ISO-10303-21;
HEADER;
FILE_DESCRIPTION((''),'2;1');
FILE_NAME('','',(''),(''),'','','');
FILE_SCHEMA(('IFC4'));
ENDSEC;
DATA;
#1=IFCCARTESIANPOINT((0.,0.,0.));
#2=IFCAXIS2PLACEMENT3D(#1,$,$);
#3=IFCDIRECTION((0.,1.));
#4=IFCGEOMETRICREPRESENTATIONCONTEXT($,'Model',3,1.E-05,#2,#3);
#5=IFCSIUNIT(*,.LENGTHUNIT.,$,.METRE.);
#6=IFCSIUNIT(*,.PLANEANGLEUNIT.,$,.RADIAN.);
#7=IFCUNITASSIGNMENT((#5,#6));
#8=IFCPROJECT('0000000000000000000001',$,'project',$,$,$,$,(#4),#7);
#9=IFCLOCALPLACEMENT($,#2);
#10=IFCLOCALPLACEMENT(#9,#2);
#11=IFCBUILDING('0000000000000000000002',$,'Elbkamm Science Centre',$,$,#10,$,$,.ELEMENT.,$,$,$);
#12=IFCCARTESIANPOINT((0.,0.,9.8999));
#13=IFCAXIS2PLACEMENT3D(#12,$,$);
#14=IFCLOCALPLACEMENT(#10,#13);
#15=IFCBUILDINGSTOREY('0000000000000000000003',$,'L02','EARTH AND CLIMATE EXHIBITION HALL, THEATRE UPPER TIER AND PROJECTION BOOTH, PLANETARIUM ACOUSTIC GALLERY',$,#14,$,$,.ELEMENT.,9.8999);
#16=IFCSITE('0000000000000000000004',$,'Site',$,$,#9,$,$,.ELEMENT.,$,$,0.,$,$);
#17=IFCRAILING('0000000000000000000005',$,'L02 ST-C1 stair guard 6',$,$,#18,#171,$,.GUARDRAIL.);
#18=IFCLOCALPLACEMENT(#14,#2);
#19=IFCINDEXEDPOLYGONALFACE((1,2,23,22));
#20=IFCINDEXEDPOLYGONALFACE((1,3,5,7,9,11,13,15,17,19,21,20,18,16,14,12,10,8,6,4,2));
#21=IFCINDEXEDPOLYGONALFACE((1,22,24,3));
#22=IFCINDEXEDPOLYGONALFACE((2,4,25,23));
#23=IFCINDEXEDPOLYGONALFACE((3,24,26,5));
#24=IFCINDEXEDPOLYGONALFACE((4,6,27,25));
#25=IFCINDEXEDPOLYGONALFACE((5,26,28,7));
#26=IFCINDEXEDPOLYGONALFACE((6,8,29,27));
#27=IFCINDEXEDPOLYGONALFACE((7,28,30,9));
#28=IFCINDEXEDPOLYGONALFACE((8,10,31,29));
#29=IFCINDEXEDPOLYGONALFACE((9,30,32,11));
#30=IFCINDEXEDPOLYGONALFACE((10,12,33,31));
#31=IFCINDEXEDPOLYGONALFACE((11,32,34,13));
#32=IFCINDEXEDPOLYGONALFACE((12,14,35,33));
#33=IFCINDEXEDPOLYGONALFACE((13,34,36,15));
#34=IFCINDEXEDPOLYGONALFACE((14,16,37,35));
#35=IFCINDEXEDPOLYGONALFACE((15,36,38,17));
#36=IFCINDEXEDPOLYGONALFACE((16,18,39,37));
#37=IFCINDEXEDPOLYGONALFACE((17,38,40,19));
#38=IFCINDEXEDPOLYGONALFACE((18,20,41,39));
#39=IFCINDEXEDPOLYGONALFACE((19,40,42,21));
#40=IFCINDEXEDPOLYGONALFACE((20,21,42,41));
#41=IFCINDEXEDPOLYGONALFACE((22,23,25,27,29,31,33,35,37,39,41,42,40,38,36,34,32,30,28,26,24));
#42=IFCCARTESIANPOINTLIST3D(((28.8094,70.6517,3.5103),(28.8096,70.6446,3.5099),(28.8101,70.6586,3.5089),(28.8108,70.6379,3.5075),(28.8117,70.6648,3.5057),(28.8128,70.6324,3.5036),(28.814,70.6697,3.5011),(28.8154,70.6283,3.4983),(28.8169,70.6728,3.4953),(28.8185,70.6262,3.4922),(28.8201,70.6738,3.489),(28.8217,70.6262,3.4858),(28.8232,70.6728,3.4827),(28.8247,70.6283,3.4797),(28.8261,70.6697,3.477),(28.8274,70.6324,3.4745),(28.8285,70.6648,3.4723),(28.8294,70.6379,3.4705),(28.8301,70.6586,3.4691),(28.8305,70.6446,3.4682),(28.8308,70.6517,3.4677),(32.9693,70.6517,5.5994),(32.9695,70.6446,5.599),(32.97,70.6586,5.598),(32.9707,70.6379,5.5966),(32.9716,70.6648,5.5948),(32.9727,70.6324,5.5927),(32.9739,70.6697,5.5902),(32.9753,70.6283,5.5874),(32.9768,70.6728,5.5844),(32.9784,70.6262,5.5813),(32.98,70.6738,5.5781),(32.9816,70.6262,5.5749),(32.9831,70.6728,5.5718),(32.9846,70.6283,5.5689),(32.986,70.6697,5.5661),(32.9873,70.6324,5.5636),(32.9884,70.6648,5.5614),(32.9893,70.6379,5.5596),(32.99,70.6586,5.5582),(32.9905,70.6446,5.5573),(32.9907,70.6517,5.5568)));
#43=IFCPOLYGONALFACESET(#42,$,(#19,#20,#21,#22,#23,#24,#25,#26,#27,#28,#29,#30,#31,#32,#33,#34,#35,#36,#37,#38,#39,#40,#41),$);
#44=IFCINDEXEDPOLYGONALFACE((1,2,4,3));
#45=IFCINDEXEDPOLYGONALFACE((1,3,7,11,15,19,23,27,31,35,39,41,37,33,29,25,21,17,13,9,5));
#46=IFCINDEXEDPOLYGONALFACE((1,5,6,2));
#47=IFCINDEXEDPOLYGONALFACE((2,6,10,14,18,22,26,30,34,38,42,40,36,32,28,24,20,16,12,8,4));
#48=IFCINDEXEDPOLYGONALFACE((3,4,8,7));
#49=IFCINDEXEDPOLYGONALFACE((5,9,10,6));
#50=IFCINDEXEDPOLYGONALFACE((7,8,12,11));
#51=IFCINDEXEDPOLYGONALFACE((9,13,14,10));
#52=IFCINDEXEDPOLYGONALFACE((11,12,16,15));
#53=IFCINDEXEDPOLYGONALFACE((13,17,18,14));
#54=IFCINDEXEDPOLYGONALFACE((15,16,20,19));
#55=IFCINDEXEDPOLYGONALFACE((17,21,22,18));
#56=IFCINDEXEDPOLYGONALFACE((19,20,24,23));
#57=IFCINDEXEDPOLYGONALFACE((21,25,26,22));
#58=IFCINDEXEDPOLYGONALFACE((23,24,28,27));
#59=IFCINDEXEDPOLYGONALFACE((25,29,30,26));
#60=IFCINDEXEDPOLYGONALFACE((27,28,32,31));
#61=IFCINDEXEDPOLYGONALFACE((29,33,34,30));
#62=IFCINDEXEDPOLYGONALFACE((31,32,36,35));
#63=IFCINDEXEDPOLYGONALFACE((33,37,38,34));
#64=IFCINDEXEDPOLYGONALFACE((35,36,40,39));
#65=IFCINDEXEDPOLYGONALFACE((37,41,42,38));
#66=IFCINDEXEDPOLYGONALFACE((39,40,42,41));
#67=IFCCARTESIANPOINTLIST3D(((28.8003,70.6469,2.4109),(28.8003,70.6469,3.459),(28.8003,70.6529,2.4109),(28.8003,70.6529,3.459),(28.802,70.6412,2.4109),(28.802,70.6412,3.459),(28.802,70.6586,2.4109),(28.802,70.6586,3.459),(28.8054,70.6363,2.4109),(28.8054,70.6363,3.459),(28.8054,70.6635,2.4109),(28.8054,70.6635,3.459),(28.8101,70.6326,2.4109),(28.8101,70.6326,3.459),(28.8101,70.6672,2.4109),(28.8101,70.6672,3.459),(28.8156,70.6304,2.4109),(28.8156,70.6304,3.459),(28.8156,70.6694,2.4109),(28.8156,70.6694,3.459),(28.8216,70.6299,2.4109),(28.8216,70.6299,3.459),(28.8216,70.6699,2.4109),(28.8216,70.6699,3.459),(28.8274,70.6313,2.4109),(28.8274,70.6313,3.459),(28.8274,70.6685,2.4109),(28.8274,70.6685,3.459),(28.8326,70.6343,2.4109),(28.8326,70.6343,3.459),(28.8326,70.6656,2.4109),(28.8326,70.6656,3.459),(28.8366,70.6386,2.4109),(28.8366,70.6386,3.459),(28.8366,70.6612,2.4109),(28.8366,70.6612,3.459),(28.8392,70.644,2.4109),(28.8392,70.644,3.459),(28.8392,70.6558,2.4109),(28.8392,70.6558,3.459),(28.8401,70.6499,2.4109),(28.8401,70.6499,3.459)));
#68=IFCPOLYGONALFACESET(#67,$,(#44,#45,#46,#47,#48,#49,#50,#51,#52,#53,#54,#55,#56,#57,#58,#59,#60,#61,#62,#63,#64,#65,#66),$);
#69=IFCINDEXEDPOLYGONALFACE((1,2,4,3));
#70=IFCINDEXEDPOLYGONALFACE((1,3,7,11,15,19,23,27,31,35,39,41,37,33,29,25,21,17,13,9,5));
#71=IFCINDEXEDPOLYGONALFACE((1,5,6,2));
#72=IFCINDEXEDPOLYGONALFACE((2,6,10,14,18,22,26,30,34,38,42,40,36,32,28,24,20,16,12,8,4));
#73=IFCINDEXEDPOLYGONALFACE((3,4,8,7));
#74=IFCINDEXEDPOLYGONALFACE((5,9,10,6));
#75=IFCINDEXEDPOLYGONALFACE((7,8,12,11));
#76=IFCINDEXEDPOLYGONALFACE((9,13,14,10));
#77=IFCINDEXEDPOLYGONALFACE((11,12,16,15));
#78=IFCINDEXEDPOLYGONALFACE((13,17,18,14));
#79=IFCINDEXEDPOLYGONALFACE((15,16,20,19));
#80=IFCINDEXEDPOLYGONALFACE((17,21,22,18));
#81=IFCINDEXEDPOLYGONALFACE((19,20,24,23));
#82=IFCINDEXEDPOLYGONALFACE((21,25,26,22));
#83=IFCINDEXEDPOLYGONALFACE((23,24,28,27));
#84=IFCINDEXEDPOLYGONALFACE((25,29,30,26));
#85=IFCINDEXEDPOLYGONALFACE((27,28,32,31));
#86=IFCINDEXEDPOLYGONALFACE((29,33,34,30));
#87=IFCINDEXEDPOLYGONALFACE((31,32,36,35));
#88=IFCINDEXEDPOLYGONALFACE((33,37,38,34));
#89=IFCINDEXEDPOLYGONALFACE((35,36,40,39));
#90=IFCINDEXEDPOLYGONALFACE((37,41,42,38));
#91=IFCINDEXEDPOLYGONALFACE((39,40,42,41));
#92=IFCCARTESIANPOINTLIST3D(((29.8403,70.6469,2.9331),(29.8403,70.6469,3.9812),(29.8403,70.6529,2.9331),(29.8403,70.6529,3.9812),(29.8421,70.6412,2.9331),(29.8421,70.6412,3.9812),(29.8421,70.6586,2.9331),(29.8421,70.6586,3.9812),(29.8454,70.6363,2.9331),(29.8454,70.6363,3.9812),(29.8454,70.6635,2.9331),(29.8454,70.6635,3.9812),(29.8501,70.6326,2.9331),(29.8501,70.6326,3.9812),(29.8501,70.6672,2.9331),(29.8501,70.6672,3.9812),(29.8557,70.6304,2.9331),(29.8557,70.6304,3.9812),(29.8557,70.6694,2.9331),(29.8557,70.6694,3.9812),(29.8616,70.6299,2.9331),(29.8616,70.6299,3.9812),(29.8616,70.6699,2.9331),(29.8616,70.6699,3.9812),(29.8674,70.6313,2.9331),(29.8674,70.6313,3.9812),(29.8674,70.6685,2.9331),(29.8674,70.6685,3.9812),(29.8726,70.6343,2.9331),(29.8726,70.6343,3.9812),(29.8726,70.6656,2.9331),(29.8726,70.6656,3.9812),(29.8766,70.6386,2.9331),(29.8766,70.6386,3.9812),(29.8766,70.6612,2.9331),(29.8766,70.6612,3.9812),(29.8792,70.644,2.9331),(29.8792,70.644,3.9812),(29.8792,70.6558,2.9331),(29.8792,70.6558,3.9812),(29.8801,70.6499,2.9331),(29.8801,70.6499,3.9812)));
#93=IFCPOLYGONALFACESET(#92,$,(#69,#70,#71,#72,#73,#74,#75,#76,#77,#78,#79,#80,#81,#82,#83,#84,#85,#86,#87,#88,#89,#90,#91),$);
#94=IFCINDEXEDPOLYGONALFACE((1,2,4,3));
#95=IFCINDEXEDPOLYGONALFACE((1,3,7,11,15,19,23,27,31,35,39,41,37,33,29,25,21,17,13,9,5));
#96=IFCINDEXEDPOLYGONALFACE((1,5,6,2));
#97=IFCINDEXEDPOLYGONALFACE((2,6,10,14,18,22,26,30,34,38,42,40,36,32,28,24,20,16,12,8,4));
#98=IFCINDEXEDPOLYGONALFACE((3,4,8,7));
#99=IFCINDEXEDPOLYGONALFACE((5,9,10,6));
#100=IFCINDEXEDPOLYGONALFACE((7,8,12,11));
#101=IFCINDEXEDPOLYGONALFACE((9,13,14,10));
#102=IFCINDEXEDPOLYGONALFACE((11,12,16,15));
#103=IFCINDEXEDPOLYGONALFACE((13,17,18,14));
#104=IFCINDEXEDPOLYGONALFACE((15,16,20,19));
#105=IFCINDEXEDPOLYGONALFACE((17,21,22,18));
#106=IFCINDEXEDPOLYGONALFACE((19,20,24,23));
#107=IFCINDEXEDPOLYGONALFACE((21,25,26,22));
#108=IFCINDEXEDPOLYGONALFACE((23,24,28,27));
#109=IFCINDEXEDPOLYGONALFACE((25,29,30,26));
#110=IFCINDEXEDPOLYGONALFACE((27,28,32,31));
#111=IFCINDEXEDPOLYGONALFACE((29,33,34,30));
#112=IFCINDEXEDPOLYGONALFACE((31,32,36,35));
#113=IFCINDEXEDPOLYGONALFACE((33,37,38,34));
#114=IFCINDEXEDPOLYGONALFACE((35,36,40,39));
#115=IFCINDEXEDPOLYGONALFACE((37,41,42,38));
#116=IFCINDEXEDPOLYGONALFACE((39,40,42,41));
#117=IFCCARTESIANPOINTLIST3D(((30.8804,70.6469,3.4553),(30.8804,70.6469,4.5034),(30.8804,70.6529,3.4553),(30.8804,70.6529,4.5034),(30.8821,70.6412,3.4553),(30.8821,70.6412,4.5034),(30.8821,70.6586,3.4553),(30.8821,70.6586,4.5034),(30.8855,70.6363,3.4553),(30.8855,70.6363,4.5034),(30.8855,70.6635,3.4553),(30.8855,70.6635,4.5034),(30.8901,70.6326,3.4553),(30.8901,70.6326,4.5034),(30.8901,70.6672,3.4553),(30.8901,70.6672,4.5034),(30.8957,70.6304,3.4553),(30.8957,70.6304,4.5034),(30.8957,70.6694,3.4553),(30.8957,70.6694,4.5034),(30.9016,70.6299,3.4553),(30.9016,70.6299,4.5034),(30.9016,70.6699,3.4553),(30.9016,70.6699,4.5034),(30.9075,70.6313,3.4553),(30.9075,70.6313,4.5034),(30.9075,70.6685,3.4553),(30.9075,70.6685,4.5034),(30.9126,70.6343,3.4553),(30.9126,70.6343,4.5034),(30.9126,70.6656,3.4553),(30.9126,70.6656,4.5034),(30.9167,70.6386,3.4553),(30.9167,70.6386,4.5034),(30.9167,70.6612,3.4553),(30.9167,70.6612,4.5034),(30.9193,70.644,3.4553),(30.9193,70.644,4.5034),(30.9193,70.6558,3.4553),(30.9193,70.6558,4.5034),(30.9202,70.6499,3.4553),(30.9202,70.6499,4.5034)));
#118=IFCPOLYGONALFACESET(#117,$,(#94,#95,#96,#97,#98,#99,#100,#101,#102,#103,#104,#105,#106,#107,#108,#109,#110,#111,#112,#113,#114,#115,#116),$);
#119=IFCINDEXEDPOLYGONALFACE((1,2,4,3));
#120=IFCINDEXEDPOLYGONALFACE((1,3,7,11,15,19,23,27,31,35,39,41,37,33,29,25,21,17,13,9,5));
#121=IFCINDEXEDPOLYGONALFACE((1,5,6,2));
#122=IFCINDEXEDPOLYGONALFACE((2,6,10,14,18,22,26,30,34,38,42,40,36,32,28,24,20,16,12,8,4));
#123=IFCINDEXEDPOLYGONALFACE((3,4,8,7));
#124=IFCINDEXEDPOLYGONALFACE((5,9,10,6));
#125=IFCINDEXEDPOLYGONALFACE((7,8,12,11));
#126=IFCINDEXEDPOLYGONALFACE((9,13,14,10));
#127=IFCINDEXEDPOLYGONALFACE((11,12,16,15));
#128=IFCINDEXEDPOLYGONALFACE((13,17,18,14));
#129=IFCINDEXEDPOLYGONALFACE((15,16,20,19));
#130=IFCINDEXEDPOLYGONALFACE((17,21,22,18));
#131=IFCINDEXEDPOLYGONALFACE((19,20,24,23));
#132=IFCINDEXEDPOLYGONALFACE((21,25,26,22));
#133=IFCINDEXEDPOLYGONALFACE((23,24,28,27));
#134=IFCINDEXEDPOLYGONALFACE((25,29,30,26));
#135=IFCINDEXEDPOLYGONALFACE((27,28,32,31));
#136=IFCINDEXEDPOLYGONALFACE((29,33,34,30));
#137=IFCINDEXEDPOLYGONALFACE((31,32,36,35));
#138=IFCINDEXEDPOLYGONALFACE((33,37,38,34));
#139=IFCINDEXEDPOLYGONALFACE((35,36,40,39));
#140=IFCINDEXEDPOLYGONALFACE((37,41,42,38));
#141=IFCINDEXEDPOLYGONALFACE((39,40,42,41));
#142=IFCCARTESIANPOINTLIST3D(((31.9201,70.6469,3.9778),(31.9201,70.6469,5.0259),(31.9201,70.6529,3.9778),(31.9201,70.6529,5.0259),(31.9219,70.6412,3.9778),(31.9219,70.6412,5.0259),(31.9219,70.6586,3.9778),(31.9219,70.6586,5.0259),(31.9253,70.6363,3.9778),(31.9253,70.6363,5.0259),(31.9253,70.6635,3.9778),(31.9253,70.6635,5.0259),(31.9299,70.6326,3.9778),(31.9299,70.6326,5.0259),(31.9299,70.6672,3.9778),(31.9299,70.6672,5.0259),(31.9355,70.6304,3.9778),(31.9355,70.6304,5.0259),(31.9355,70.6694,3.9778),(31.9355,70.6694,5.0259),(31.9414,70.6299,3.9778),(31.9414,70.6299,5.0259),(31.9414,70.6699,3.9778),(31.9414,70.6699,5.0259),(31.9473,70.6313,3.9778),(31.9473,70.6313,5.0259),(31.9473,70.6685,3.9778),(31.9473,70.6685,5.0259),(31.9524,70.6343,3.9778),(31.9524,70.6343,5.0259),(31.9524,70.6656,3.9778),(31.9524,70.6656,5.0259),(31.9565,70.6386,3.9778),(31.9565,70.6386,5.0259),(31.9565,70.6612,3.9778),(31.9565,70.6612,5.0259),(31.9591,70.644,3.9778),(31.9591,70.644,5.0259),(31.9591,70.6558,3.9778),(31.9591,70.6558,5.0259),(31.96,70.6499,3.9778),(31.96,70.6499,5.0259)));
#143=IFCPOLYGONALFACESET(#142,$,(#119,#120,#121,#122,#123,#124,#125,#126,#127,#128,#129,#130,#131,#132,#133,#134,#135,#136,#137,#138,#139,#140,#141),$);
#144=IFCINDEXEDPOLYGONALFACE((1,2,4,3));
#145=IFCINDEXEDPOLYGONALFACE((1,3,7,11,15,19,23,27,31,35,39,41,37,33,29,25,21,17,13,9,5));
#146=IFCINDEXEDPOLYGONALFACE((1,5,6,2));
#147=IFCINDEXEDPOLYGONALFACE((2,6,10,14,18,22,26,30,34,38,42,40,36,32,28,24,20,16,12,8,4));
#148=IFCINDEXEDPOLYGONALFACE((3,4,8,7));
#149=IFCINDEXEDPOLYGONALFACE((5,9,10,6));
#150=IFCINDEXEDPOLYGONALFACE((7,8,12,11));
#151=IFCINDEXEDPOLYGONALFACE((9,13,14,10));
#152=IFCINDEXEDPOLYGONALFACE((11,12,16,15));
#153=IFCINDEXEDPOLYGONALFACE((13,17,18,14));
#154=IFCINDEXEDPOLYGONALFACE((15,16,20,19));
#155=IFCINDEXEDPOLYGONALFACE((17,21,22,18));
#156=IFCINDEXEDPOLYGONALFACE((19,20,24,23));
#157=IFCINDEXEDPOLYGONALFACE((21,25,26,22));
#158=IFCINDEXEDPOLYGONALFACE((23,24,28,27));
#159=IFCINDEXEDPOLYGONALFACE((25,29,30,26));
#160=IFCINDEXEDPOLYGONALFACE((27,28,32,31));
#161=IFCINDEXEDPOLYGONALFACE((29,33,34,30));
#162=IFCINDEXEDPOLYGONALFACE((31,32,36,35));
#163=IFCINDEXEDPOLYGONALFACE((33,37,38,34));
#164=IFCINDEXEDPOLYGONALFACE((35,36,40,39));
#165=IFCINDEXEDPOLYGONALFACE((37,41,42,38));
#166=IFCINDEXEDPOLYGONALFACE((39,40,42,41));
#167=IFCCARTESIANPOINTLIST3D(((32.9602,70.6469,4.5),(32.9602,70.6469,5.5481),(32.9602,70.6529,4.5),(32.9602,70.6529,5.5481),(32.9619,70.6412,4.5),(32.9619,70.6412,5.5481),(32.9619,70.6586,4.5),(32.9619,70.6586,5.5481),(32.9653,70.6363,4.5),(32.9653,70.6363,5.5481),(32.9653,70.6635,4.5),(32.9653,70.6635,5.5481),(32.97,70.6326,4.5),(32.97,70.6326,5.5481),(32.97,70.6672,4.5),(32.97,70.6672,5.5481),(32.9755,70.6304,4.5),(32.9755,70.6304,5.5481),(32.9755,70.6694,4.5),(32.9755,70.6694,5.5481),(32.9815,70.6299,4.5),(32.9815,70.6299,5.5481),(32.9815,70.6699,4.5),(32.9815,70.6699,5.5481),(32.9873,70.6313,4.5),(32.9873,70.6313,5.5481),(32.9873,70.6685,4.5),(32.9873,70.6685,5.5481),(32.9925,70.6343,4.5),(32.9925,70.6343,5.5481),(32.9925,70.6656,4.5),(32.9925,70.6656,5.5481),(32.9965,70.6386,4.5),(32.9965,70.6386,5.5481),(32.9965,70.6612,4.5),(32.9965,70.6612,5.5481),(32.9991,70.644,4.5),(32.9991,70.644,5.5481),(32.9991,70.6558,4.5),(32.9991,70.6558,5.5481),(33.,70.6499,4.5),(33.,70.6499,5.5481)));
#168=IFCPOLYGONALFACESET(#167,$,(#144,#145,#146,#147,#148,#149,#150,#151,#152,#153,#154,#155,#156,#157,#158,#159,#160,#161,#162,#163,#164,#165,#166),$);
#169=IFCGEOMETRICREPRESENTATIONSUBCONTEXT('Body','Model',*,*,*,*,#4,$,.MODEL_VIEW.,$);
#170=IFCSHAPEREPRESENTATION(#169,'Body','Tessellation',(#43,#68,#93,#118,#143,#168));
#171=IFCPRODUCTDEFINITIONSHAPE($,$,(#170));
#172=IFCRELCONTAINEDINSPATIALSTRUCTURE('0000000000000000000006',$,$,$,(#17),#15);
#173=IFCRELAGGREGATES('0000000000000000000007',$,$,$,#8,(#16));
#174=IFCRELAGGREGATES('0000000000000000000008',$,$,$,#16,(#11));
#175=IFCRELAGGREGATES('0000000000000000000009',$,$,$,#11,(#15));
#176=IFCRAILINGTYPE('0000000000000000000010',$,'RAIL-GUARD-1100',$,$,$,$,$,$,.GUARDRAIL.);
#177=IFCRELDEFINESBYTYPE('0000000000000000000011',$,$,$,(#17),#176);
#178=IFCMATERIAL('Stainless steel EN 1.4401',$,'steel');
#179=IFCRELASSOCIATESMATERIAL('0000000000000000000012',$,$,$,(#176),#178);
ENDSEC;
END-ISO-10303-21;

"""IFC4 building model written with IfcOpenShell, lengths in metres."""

from ifc_helpers import new_model, si_unit, direction, frame, origin, origin_2d, place, context, subcontext, project, spatial, circle, extrude, material, type_object, element, save


model = new_model("IFC4")

# Units and contexts
model_context = context("Model", 3, precision=1e-05, world=origin(), true_north=direction((0.0, 1.0)))
body_context = subcontext(model_context, "Body", "Model", "MODEL_VIEW")
ifc_project = project(units=[si_unit("LENGTHUNIT", "METRE"), si_unit("PLANEANGLEUNIT", "RADIAN")], contexts=[model_context])

# Site, building, storey
site_placement = place(None, origin())
site = spatial("IfcSite", under=ifc_project, at=site_placement, Name="Site", CompositionType="ELEMENT", RefElevation=0.0)
building_placement = place(site_placement, origin())
building = spatial("IfcBuilding", under=site, at=building_placement, Name="Elbkamm Science Centre", CompositionType="ELEMENT")
storey_placement = place(building_placement, frame((0.0, 0.0, 9.8999)))
storey = spatial("IfcBuildingStorey", under=building, at=storey_placement, Name="L02", Description="EARTH AND CLIMATE EXHIBITION HALL, THEATRE UPPER TIER AND PROJECTION BOOTH, PLANETARIUM ACOUSTIC GALLERY", CompositionType="ELEMENT", Elevation=9.8999)

# Railing
ifc_material_1 = material(Name="Stainless steel EN 1.4401", Category="steel")
railing_type_1 = type_object("IfcRailingType", Name="RAIL-GUARD-1100", PredefinedType="GUARDRAIL", material=ifc_material_1)
railing_1_placement = place(storey_placement, frame((28.8201, 70.6499, 2.4109)))
element("IfcRailing", 1, at=railing_1_placement, inside=storey, type_object=railing_type_1, Name="L02 ST-C1 stair guard 6", PredefinedType="GUARDRAIL", context=body_context, shape_type="SweptSolid", body=[
    extrude(circle(Radius=0.0239, at=origin_2d()), frame((0.0, 0.0, 1.0781), z_axis=(0.893639, 0.0, 0.448786), x_axis=(0.0, 1.0, 0.0)), (0.0, 0.0, 1.0), 4.655),
    extrude(circle(Radius=0.02, at=origin_2d()), origin(), (0.0, 0.0, 1.0), 1.0481),
    extrude(circle(Radius=0.02, at=origin_2d()), frame((1.04, 0.0, 0.5222)), (0.0, 0.0, 1.0), 1.0481),
    extrude(circle(Radius=0.02, at=origin_2d()), frame((2.0801, 0.0, 1.0444)), (0.0, 0.0, 1.0), 1.0481),
    extrude(circle(Radius=0.02, at=origin_2d()), frame((3.1199, 0.0, 1.5669)), (0.0, 0.0, 1.0), 1.0481),
    extrude(circle(Radius=0.02, at=origin_2d()), frame((4.1599, 0.0, 2.0891)), (0.0, 0.0, 1.0), 1.0481),
])

save(model, "model.ifc")
